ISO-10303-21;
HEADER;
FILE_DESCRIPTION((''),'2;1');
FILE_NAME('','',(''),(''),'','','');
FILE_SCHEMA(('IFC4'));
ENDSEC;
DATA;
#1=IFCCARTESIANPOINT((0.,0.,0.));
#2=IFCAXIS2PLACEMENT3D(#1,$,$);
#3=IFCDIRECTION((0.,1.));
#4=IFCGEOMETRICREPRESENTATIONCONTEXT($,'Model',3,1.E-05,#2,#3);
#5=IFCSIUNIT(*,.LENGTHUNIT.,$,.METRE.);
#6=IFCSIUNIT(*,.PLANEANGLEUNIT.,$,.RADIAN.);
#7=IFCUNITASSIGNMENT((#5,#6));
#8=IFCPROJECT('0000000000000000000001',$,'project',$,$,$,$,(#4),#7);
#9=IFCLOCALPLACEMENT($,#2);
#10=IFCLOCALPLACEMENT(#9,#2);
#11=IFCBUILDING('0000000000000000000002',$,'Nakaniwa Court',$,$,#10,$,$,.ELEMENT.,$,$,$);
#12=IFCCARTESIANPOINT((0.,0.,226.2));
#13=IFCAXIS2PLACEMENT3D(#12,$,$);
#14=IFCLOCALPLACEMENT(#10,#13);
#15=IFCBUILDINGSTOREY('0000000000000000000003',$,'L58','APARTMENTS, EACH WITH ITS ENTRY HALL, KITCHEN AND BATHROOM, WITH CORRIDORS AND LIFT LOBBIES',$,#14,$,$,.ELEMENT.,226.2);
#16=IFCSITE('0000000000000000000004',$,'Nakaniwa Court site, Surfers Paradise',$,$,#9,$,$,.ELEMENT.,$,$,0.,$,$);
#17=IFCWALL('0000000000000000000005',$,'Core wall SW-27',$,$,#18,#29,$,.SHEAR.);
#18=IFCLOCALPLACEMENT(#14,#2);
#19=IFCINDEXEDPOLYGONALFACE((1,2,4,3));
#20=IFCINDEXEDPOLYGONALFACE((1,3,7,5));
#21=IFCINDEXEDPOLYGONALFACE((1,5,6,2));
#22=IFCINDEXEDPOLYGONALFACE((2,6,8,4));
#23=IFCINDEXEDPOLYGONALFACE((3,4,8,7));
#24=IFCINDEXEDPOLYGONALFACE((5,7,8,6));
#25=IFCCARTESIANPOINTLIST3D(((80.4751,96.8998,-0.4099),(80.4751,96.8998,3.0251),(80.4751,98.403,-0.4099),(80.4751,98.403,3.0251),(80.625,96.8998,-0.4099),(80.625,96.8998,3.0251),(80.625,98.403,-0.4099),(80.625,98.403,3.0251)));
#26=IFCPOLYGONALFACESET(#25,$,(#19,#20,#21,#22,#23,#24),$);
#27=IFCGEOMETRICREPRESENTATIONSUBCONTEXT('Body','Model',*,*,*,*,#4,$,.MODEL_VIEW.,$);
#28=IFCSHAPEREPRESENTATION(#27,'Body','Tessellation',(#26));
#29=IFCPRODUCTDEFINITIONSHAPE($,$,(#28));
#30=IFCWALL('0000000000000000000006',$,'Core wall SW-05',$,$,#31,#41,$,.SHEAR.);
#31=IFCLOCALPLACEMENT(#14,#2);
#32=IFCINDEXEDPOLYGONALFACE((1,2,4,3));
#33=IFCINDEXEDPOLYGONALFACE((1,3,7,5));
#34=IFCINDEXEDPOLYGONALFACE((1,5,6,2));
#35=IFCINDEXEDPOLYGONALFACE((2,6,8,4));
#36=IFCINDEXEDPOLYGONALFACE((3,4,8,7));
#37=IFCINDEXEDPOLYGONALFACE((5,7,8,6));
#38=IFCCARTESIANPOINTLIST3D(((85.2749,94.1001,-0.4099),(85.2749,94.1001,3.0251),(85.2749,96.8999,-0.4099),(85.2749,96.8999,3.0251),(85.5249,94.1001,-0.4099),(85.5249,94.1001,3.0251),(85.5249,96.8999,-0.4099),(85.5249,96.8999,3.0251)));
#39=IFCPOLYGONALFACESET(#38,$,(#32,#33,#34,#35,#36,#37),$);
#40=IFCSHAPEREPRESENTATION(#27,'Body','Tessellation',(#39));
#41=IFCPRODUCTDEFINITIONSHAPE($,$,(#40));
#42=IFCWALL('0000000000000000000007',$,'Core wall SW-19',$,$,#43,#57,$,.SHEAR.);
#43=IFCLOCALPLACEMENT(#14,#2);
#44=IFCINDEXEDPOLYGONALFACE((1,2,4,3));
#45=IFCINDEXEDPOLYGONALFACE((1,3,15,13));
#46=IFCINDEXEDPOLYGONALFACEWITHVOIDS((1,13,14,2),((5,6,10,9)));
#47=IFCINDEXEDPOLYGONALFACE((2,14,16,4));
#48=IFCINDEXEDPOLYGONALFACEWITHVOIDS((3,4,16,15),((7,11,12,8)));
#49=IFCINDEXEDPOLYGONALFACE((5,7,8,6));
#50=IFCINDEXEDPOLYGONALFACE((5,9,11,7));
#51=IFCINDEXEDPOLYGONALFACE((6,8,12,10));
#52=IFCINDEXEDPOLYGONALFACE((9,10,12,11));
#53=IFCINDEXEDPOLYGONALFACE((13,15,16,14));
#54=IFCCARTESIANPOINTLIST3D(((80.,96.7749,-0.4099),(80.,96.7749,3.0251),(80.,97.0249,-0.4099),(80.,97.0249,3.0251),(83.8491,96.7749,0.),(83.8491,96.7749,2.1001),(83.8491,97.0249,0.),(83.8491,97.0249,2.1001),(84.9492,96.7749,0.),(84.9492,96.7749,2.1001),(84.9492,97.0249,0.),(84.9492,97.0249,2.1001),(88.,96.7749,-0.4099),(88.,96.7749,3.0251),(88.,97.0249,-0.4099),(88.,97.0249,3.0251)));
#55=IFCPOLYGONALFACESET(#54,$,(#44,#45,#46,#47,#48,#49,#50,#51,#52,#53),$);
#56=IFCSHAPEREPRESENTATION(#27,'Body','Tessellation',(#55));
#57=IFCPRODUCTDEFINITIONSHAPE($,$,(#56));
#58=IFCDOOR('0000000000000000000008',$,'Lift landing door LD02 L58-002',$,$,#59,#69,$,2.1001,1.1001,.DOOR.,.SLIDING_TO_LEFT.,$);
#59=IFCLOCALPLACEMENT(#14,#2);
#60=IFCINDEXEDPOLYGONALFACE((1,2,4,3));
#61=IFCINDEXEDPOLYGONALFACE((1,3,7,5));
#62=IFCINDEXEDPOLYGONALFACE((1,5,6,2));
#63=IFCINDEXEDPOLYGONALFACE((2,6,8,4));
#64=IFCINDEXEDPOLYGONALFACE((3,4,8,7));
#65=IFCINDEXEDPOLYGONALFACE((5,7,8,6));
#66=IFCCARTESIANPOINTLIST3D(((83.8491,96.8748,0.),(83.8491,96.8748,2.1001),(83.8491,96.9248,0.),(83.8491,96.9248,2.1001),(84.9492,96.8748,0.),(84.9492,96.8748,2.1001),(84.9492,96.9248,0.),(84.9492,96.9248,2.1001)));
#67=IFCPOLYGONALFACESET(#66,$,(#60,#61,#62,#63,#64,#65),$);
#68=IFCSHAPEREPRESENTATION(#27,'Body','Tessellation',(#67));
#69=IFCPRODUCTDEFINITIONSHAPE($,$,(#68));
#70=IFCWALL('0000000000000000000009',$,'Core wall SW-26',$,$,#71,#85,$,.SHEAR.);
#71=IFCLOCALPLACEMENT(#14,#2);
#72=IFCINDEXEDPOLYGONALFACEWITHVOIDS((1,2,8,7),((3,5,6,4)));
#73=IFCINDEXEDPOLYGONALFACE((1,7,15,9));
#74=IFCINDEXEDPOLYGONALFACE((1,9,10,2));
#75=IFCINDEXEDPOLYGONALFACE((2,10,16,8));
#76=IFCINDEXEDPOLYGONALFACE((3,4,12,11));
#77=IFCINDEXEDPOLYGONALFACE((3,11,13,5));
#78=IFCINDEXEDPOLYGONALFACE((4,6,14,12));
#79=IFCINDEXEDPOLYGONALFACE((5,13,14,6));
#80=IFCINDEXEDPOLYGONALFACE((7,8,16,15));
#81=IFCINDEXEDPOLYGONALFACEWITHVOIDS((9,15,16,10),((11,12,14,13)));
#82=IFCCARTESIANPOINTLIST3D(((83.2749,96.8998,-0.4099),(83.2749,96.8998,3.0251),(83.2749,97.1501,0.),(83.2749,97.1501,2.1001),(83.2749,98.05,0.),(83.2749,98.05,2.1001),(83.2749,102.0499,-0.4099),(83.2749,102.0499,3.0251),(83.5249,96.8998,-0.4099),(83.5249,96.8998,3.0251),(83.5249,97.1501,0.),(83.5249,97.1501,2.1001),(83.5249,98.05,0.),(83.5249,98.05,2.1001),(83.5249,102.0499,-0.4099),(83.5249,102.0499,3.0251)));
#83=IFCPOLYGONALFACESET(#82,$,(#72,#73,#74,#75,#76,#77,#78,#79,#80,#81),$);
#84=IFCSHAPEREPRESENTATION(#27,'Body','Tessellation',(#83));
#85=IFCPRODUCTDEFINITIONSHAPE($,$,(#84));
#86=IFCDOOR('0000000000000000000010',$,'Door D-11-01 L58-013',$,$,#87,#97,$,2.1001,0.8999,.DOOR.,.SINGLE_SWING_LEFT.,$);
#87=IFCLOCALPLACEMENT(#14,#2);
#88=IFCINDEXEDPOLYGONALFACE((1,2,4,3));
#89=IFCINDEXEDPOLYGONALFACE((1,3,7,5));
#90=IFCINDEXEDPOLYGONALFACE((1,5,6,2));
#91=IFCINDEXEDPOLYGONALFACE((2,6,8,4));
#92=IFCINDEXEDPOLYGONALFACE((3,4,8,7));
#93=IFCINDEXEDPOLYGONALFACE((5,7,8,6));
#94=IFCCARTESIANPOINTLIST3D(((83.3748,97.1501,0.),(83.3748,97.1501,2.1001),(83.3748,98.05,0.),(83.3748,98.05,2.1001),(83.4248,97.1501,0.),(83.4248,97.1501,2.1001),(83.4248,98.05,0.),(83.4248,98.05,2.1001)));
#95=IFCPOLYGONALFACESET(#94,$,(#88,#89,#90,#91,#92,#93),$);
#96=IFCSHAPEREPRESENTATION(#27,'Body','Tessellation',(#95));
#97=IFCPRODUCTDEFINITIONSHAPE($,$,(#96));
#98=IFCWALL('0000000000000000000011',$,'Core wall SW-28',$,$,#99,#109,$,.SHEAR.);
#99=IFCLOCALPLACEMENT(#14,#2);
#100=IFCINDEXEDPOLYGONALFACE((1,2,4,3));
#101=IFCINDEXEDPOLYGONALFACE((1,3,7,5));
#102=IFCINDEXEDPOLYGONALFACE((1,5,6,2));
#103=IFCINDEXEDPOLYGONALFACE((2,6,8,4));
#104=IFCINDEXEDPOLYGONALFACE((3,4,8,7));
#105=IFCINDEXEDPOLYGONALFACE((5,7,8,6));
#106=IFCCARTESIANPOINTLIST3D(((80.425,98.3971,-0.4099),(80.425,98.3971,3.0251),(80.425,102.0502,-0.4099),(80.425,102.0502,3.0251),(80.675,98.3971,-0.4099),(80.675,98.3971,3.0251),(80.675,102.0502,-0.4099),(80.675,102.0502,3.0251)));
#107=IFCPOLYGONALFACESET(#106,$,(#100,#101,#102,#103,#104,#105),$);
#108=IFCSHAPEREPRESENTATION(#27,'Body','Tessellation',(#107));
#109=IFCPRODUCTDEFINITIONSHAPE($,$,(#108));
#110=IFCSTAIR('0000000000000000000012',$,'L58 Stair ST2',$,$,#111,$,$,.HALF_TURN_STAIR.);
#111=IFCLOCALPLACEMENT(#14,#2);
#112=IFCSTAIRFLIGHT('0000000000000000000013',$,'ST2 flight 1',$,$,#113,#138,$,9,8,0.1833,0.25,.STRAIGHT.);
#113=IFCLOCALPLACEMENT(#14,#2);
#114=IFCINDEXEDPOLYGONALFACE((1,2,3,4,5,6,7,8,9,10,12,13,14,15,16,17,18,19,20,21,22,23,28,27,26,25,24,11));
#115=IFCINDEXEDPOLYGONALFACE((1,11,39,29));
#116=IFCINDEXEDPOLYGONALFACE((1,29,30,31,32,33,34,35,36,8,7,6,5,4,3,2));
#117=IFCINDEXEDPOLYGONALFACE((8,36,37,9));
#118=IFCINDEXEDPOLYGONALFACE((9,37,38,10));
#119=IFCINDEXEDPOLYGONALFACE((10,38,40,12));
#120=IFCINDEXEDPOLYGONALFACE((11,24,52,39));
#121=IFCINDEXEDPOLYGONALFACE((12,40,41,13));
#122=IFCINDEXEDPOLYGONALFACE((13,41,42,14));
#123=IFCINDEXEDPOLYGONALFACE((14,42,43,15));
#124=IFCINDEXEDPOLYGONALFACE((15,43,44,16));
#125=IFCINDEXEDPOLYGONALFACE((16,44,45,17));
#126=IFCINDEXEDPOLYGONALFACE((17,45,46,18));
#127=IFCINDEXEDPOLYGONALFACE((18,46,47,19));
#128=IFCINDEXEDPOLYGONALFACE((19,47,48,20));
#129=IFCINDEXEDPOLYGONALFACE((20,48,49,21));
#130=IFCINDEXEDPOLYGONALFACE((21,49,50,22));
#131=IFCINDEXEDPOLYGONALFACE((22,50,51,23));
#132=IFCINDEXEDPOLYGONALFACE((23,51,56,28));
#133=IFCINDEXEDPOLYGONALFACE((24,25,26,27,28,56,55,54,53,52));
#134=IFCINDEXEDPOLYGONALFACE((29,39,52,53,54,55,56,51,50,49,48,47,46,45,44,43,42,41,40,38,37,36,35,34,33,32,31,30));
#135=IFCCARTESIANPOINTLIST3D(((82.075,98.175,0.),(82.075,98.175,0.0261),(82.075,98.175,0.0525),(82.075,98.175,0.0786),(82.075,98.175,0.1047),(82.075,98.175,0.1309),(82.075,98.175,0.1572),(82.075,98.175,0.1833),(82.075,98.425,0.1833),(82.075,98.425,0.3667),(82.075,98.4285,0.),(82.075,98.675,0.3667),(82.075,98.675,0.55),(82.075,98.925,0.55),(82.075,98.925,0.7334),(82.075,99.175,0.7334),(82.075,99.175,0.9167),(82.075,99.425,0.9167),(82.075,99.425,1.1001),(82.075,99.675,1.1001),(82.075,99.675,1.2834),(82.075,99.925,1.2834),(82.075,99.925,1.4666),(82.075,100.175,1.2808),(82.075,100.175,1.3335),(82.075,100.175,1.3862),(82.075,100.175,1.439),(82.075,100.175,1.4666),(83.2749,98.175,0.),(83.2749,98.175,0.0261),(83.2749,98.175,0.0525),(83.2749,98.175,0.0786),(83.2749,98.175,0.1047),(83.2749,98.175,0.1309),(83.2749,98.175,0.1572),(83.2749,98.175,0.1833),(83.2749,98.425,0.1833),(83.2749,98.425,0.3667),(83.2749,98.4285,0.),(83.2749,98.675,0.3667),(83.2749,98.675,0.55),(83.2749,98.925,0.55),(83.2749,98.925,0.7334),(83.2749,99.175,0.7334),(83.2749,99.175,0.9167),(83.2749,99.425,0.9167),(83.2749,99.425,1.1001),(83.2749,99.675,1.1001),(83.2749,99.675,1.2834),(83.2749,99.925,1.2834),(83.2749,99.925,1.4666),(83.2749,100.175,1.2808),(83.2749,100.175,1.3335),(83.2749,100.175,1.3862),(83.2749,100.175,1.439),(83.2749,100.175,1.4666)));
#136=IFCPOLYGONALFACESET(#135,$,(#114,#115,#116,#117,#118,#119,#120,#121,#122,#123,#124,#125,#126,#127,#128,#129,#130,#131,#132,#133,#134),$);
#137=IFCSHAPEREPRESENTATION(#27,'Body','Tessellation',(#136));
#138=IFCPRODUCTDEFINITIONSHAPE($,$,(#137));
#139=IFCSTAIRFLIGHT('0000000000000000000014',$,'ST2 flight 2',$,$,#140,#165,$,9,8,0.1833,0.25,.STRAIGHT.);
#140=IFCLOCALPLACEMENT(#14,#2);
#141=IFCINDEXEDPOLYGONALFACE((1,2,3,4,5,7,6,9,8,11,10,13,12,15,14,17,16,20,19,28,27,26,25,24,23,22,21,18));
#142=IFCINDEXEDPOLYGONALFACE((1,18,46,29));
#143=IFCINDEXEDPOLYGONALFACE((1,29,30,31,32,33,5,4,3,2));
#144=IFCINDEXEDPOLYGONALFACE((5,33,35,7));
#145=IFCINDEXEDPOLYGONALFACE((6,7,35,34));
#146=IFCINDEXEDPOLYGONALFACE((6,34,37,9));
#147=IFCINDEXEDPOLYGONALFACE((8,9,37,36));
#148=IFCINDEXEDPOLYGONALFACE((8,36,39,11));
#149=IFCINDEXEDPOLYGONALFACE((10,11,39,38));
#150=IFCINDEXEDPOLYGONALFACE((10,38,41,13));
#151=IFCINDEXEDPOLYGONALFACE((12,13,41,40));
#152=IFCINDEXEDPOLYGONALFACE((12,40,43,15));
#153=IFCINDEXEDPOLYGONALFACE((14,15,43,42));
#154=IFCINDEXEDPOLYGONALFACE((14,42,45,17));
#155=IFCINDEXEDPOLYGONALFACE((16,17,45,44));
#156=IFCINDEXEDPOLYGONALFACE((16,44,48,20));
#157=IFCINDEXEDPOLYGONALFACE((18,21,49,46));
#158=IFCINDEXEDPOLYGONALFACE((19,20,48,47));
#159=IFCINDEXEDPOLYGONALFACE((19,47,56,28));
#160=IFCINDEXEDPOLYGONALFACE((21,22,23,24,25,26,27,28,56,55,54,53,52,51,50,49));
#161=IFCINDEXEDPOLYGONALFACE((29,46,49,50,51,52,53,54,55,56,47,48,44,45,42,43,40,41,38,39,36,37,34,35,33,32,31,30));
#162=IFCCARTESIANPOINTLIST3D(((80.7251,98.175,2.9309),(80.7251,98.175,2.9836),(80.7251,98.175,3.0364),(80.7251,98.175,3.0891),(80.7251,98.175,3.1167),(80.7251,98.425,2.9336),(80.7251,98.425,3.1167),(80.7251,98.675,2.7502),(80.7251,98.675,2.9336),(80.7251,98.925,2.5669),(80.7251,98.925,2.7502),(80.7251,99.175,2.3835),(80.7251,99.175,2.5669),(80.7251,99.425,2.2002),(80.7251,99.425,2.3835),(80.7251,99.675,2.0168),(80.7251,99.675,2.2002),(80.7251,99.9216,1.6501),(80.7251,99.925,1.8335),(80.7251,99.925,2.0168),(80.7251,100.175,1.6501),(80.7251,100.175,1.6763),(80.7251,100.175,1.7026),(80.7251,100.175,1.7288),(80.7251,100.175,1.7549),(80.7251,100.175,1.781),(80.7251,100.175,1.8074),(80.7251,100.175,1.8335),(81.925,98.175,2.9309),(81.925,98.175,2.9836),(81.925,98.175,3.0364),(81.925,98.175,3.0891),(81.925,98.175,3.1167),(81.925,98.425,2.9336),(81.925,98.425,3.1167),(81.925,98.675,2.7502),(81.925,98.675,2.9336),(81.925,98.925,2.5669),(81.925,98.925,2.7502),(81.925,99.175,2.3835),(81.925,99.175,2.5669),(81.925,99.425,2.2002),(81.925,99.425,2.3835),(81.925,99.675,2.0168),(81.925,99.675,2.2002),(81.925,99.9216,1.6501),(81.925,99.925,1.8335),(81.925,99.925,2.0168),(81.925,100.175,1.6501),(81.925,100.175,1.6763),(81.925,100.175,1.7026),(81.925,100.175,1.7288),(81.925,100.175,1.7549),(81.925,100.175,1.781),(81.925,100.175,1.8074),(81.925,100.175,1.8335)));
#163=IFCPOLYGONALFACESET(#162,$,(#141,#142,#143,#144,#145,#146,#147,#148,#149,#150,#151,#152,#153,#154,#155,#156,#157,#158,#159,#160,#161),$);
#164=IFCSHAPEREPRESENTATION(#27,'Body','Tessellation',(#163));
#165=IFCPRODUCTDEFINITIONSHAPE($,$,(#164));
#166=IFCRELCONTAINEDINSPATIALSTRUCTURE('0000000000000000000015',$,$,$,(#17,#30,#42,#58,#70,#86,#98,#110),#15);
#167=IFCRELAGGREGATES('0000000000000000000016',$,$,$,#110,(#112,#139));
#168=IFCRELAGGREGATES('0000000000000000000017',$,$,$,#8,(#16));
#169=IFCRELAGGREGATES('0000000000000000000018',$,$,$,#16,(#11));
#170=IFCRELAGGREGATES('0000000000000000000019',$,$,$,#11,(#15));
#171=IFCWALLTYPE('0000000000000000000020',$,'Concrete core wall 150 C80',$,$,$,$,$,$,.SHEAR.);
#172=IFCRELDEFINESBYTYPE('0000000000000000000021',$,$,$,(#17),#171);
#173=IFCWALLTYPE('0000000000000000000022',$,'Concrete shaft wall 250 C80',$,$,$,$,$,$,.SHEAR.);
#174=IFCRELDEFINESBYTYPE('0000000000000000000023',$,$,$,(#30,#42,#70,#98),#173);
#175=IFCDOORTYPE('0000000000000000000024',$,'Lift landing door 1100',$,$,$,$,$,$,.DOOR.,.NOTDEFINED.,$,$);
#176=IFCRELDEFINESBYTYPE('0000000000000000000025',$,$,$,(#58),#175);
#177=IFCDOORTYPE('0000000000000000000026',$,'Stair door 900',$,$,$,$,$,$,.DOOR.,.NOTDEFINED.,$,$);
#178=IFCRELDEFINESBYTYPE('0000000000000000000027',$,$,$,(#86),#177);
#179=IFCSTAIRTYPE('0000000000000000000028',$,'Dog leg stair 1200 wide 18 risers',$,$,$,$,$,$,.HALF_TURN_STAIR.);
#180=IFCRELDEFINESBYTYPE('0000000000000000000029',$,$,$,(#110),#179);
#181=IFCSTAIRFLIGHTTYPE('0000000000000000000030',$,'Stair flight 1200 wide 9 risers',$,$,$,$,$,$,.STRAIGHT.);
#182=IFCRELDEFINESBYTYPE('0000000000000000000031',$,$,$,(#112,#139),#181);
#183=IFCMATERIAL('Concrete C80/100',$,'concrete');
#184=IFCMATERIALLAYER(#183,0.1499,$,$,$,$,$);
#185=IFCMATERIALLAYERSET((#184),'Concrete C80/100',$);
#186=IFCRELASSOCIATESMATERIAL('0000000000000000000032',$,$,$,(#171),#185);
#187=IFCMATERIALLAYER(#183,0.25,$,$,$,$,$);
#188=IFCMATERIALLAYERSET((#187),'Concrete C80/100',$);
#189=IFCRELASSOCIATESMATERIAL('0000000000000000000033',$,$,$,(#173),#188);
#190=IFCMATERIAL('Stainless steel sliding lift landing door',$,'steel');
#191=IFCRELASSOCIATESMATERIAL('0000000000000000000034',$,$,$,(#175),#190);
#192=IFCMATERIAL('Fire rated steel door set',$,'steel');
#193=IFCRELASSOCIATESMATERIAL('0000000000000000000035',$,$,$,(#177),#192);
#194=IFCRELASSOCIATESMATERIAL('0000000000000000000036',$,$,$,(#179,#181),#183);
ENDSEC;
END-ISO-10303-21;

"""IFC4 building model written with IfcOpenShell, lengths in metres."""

from ifc_helpers import new_model, si_unit, direction, frame, frame_2d, origin, place, context, subcontext, project, spatial, polyline, rectangle, outline, extrude, material, layer, layer_set, type_object, element, fill, aggregate, save


model = new_model("IFC4")

# Units and contexts
model_context = context("Model", 3, precision=1e-05, world=origin(), true_north=direction((0.0, 1.0)))
body_context = subcontext(model_context, "Body", "Model", "MODEL_VIEW")
ifc_project = project(units=[si_unit("LENGTHUNIT", "METRE"), si_unit("PLANEANGLEUNIT", "RADIAN")], contexts=[model_context])

# Site, building, storey
site_placement = place(None, origin())
site = spatial("IfcSite", under=ifc_project, at=site_placement, Name="Nakaniwa Court site, Surfers Paradise", CompositionType="ELEMENT", RefElevation=0.0)
building_placement = place(site_placement, origin())
building = spatial("IfcBuilding", under=site, at=building_placement, Name="Nakaniwa Court", CompositionType="ELEMENT")
storey_placement = place(building_placement, frame((0.0, 0.0, 226.2)))
storey = spatial("IfcBuildingStorey", under=building, at=storey_placement, Name="L58", Description="APARTMENTS, EACH WITH ITS ENTRY HALL, KITCHEN AND BATHROOM, WITH CORRIDORS AND LIFT LOBBIES", CompositionType="ELEMENT", Elevation=226.2)

# Shared definitions
ifc_material_1 = material(Name="Fire rated steel door set", Category="steel")

# Shared definitions
ifc_material_2 = material(Name="Concrete C80/100", Category="concrete")

# Walls
ifc_layer_1 = layer(ifc_material_2, 0.1499)
ifc_layer_set_1 = layer_set([ifc_layer_1], Name="Concrete C80/100")
wall_type_1 = type_object("IfcWallType", Name="Concrete core wall 150 C80", PredefinedType="SHEAR", material=ifc_layer_set_1)
wall_1_placement = place(storey_placement, frame((80.55, 96.8999, -0.4099), z_axis=(0.0, 0.0, 1.0), x_axis=(0.0, 1.0, 0.0)))
element("IfcWall", 1, at=wall_1_placement, inside=storey, type_object=wall_type_1, Name="Core wall SW-27", PredefinedType="SHEAR", context=body_context, shape_type="SweptSolid", body=[
    extrude(rectangle(XDim=1.5032, YDim=0.1499, at=frame_2d((0.7515, 0.0))), origin(), (0.0, 0.0, 1.0), 3.4351),
])
ifc_layer_2 = layer(ifc_material_2, 0.25)
ifc_layer_set_2 = layer_set([ifc_layer_2], Name="Concrete C80/100")
wall_type_2 = type_object("IfcWallType", Name="Concrete shaft wall 250 C80", PredefinedType="SHEAR", material=ifc_layer_set_2)
wall_2_placement = place(storey_placement, frame((85.3999, 94.1001, -0.4099), z_axis=(0.0, 0.0, 1.0), x_axis=(0.0, 1.0, 0.0)))
element("IfcWall", 2, at=wall_2_placement, inside=storey, type_object=wall_type_2, Name="Core wall SW-05", PredefinedType="SHEAR", context=body_context, shape_type="SweptSolid", body=[
    extrude(rectangle(XDim=2.7998, YDim=0.25, at=frame_2d((1.3999, 0.0))), origin(), (0.0, 0.0, 1.0), 3.4351),
])

# Walls, openings, doors
wall_3_placement = place(storey_placement, frame((80.0, 96.8999, -0.4099), z_axis=(0.0, 0.0, 1.0), x_axis=(1.0, 0.0, 0.0)))
wall_3 = element("IfcWall", 3, at=wall_3_placement, inside=storey, type_object=wall_type_2, Name="Core wall SW-19", PredefinedType="SHEAR", context=body_context, shape_type="SweptSolid", body=[
    extrude(rectangle(XDim=8.0, YDim=0.25, at=frame_2d((4.0, 0.0))), origin(), (0.0, 0.0, 1.0), 3.4351),
])
opening_1_placement = place(wall_3_placement, frame((3.8491, 0.0, 0.4099)))
opening_1 = element("IfcOpeningElement", 4, at=opening_1_placement, cuts=wall_3, PredefinedType="OPENING", context=body_context, shape_type="SweptSolid", body=[
    extrude(rectangle(XDim=1.1001, YDim=2.1001, at=frame_2d((0.55, 1.05))), frame((0.0, 0.135, 0.0), z_axis=(0.0, -1.0, 0.0), x_axis=(1.0, 0.0, 0.0)), (0.0, 0.0, 1.0), 0.27),
])
ifc_material_3 = material(Name="Stainless steel sliding lift landing door", Category="steel")
door_type_1 = type_object("IfcDoorType", Name="Lift landing door 1100", OperationType="NOTDEFINED", PredefinedType="DOOR", material=ifc_material_3)
door_1_placement = place(opening_1_placement, origin())
door_1 = element("IfcDoor", 5, at=door_1_placement, inside=storey, type_object=door_type_1, Name="Lift landing door LD02 L58-002", OperationType="SLIDING_TO_LEFT", OverallHeight=2.1001, OverallWidth=1.1001, PredefinedType="DOOR", context=body_context, shape_type="SweptSolid", body=[
    extrude(rectangle(XDim=1.1001, YDim=2.1001, at=frame_2d((0.55, 1.05))), frame((0.0, 0.0249, 0.0), z_axis=(0.0, -1.0, 0.0), x_axis=(1.0, 0.0, 0.0)), (0.0, 0.0, 1.0), 0.05),
])
fill(opening_1, door_1)
wall_4_placement = place(storey_placement, frame((83.3999, 102.05, -0.4099), z_axis=(0.0, 0.0, 1.0), x_axis=(0.0, -1.0, 0.0)))
wall_4 = element("IfcWall", 6, at=wall_4_placement, inside=storey, type_object=wall_type_2, Name="Core wall SW-26", PredefinedType="SHEAR", context=body_context, shape_type="SweptSolid", body=[
    extrude(rectangle(XDim=5.1501, YDim=0.25, at=frame_2d((2.5752, 0.0))), origin(), (0.0, 0.0, 1.0), 3.4351),
])
opening_2_placement = place(wall_4_placement, frame((4.0, 0.0, 0.4099)))
opening_2 = element("IfcOpeningElement", 7, at=opening_2_placement, cuts=wall_4, PredefinedType="OPENING", context=body_context, shape_type="SweptSolid", body=[
    extrude(rectangle(XDim=0.8999, YDim=2.1001, at=frame_2d((0.45, 1.05))), frame((0.0, 0.135, 0.0), z_axis=(0.0, -1.0, 0.0), x_axis=(1.0, 0.0, 0.0)), (0.0, 0.0, 1.0), 0.27),
])
door_type_2 = type_object("IfcDoorType", Name="Stair door 900", OperationType="NOTDEFINED", PredefinedType="DOOR", material=ifc_material_1)
door_2_placement = place(opening_2_placement, origin())
door_2 = element("IfcDoor", 8, at=door_2_placement, inside=storey, type_object=door_type_2, Name="Door D-11-01 L58-013", OperationType="SINGLE_SWING_LEFT", OverallHeight=2.1001, OverallWidth=0.8999, PredefinedType="DOOR", context=body_context, shape_type="SweptSolid", body=[
    extrude(rectangle(XDim=0.8999, YDim=2.1001, at=frame_2d((0.45, 1.05))), frame((0.0, 0.0249, 0.0), z_axis=(0.0, -1.0, 0.0), x_axis=(1.0, 0.0, 0.0)), (0.0, 0.0, 1.0), 0.05),
])
fill(opening_2, door_2)

# Wall
wall_5_placement = place(storey_placement, frame((80.55, 98.397, -0.4099), z_axis=(0.0, 0.0, 1.0), x_axis=(0.0, 1.0, 0.0)))
element("IfcWall", 9, at=wall_5_placement, inside=storey, type_object=wall_type_2, Name="Core wall SW-28", PredefinedType="SHEAR", context=body_context, shape_type="SweptSolid", body=[
    extrude(rectangle(XDim=3.6531, YDim=0.25, at=frame_2d((1.8267, 0.0))), origin(), (0.0, 0.0, 1.0), 3.4351),
])

# Stair, stair flights
stair_type = type_object("IfcStairType", Name="Dog leg stair 1200 wide 18 risers", PredefinedType="HALF_TURN_STAIR", material=ifc_material_2)
stair_placement = place(storey_placement, origin())
stair = element("IfcStair", 10, at=stair_placement, inside=storey, type_object=stair_type, Name="L58 Stair ST2", PredefinedType="HALF_TURN_STAIR")
stair_flight_type = type_object("IfcStairFlightType", Name="Stair flight 1200 wide 9 risers", PredefinedType="STRAIGHT", material=ifc_material_2)
stair_flight_1_placement = place(storey_placement, frame((82.675, 98.175, 0.0), z_axis=(0.0, 0.0, 1.0), x_axis=(0.0, 1.0, 0.0)))
stair_flight_1 = element("IfcStairFlight", 11, at=stair_flight_1_placement, type_object=stair_flight_type, Name="ST2 flight 1", NumberOfRisers=9, NumberOfTreads=8, PredefinedType="STRAIGHT", RiserHeight=0.1833, TreadLength=0.25, context=body_context, shape_type="SweptSolid", body=[
    extrude(outline(polyline([(0.0, 0.0), (0.0, 0.0261), (0.0, 0.0525), (0.0, 0.0786), (0.0, 0.1047), (0.0, 0.1309), (0.0, 0.1572), (0.0, 0.1833), (0.25, 0.1833), (0.25, 0.3667), (0.5, 0.3667), (0.5, 0.55), (0.75, 0.55), (0.75, 0.7334), (1.0, 0.7334), (1.0, 0.9167), (1.25, 0.9167), (1.25, 1.1001), (1.5, 1.1001), (1.5, 1.2834), (1.75, 1.2834), (1.75, 1.4666), (2.0, 1.4666), (2.0, 1.6499), (2.0, 1.5972), (2.0, 1.5444), (2.0, 1.4917), (2.0, 1.439), (2.0, 1.3862), (2.0, 1.3335), (2.0, 1.2808), (0.2534, 0.0), (0.0, 0.0)])), frame((0.0, 0.6001, 0.0), z_axis=(0.0, -1.0, 0.0), x_axis=(1.0, 0.0, 0.0)), (0.0, 0.0, 1.0), 1.2),
])
stair_flight_2_placement = place(storey_placement, frame((81.325, 100.175, 1.6501), z_axis=(0.0, 0.0, 1.0), x_axis=(0.0, -1.0, 0.0)))
stair_flight_2 = element("IfcStairFlight", 12, at=stair_flight_2_placement, type_object=stair_flight_type, Name="ST2 flight 2", NumberOfRisers=9, NumberOfTreads=8, PredefinedType="STRAIGHT", RiserHeight=0.1833, TreadLength=0.25, context=body_context, shape_type="SweptSolid", body=[
    extrude(outline(polyline([(0.0, 0.0), (0.0, 0.0261), (0.0, 0.0525), (0.0, 0.0786), (0.0, 0.1047), (0.0, 0.1309), (0.0, 0.1572), (0.0, 0.1833), (0.25, 0.1833), (0.25, 0.3667), (0.5, 0.3667), (0.5, 0.55), (0.75, 0.55), (0.75, 0.7334), (1.0, 0.7334), (1.0, 0.9167), (1.25, 0.9167), (1.25, 1.1001), (1.5, 1.1001), (1.5, 1.2834), (1.75, 1.2834), (1.75, 1.4666), (2.0, 1.4666), (2.0, 1.6499), (2.0, 1.5972), (2.0, 1.5444), (2.0, 1.4917), (2.0, 1.439), (2.0, 1.3862), (2.0, 1.3335), (2.0, 1.2808), (0.2534, 0.0), (0.0, 0.0)])), frame((0.0, 0.6001, 0.0), z_axis=(0.0, -1.0, 0.0), x_axis=(1.0, 0.0, 0.0)), (0.0, 0.0, 1.0), 1.2),
])
aggregate(stair, [stair_flight_1, stair_flight_2])

save(model, "model.ifc")
